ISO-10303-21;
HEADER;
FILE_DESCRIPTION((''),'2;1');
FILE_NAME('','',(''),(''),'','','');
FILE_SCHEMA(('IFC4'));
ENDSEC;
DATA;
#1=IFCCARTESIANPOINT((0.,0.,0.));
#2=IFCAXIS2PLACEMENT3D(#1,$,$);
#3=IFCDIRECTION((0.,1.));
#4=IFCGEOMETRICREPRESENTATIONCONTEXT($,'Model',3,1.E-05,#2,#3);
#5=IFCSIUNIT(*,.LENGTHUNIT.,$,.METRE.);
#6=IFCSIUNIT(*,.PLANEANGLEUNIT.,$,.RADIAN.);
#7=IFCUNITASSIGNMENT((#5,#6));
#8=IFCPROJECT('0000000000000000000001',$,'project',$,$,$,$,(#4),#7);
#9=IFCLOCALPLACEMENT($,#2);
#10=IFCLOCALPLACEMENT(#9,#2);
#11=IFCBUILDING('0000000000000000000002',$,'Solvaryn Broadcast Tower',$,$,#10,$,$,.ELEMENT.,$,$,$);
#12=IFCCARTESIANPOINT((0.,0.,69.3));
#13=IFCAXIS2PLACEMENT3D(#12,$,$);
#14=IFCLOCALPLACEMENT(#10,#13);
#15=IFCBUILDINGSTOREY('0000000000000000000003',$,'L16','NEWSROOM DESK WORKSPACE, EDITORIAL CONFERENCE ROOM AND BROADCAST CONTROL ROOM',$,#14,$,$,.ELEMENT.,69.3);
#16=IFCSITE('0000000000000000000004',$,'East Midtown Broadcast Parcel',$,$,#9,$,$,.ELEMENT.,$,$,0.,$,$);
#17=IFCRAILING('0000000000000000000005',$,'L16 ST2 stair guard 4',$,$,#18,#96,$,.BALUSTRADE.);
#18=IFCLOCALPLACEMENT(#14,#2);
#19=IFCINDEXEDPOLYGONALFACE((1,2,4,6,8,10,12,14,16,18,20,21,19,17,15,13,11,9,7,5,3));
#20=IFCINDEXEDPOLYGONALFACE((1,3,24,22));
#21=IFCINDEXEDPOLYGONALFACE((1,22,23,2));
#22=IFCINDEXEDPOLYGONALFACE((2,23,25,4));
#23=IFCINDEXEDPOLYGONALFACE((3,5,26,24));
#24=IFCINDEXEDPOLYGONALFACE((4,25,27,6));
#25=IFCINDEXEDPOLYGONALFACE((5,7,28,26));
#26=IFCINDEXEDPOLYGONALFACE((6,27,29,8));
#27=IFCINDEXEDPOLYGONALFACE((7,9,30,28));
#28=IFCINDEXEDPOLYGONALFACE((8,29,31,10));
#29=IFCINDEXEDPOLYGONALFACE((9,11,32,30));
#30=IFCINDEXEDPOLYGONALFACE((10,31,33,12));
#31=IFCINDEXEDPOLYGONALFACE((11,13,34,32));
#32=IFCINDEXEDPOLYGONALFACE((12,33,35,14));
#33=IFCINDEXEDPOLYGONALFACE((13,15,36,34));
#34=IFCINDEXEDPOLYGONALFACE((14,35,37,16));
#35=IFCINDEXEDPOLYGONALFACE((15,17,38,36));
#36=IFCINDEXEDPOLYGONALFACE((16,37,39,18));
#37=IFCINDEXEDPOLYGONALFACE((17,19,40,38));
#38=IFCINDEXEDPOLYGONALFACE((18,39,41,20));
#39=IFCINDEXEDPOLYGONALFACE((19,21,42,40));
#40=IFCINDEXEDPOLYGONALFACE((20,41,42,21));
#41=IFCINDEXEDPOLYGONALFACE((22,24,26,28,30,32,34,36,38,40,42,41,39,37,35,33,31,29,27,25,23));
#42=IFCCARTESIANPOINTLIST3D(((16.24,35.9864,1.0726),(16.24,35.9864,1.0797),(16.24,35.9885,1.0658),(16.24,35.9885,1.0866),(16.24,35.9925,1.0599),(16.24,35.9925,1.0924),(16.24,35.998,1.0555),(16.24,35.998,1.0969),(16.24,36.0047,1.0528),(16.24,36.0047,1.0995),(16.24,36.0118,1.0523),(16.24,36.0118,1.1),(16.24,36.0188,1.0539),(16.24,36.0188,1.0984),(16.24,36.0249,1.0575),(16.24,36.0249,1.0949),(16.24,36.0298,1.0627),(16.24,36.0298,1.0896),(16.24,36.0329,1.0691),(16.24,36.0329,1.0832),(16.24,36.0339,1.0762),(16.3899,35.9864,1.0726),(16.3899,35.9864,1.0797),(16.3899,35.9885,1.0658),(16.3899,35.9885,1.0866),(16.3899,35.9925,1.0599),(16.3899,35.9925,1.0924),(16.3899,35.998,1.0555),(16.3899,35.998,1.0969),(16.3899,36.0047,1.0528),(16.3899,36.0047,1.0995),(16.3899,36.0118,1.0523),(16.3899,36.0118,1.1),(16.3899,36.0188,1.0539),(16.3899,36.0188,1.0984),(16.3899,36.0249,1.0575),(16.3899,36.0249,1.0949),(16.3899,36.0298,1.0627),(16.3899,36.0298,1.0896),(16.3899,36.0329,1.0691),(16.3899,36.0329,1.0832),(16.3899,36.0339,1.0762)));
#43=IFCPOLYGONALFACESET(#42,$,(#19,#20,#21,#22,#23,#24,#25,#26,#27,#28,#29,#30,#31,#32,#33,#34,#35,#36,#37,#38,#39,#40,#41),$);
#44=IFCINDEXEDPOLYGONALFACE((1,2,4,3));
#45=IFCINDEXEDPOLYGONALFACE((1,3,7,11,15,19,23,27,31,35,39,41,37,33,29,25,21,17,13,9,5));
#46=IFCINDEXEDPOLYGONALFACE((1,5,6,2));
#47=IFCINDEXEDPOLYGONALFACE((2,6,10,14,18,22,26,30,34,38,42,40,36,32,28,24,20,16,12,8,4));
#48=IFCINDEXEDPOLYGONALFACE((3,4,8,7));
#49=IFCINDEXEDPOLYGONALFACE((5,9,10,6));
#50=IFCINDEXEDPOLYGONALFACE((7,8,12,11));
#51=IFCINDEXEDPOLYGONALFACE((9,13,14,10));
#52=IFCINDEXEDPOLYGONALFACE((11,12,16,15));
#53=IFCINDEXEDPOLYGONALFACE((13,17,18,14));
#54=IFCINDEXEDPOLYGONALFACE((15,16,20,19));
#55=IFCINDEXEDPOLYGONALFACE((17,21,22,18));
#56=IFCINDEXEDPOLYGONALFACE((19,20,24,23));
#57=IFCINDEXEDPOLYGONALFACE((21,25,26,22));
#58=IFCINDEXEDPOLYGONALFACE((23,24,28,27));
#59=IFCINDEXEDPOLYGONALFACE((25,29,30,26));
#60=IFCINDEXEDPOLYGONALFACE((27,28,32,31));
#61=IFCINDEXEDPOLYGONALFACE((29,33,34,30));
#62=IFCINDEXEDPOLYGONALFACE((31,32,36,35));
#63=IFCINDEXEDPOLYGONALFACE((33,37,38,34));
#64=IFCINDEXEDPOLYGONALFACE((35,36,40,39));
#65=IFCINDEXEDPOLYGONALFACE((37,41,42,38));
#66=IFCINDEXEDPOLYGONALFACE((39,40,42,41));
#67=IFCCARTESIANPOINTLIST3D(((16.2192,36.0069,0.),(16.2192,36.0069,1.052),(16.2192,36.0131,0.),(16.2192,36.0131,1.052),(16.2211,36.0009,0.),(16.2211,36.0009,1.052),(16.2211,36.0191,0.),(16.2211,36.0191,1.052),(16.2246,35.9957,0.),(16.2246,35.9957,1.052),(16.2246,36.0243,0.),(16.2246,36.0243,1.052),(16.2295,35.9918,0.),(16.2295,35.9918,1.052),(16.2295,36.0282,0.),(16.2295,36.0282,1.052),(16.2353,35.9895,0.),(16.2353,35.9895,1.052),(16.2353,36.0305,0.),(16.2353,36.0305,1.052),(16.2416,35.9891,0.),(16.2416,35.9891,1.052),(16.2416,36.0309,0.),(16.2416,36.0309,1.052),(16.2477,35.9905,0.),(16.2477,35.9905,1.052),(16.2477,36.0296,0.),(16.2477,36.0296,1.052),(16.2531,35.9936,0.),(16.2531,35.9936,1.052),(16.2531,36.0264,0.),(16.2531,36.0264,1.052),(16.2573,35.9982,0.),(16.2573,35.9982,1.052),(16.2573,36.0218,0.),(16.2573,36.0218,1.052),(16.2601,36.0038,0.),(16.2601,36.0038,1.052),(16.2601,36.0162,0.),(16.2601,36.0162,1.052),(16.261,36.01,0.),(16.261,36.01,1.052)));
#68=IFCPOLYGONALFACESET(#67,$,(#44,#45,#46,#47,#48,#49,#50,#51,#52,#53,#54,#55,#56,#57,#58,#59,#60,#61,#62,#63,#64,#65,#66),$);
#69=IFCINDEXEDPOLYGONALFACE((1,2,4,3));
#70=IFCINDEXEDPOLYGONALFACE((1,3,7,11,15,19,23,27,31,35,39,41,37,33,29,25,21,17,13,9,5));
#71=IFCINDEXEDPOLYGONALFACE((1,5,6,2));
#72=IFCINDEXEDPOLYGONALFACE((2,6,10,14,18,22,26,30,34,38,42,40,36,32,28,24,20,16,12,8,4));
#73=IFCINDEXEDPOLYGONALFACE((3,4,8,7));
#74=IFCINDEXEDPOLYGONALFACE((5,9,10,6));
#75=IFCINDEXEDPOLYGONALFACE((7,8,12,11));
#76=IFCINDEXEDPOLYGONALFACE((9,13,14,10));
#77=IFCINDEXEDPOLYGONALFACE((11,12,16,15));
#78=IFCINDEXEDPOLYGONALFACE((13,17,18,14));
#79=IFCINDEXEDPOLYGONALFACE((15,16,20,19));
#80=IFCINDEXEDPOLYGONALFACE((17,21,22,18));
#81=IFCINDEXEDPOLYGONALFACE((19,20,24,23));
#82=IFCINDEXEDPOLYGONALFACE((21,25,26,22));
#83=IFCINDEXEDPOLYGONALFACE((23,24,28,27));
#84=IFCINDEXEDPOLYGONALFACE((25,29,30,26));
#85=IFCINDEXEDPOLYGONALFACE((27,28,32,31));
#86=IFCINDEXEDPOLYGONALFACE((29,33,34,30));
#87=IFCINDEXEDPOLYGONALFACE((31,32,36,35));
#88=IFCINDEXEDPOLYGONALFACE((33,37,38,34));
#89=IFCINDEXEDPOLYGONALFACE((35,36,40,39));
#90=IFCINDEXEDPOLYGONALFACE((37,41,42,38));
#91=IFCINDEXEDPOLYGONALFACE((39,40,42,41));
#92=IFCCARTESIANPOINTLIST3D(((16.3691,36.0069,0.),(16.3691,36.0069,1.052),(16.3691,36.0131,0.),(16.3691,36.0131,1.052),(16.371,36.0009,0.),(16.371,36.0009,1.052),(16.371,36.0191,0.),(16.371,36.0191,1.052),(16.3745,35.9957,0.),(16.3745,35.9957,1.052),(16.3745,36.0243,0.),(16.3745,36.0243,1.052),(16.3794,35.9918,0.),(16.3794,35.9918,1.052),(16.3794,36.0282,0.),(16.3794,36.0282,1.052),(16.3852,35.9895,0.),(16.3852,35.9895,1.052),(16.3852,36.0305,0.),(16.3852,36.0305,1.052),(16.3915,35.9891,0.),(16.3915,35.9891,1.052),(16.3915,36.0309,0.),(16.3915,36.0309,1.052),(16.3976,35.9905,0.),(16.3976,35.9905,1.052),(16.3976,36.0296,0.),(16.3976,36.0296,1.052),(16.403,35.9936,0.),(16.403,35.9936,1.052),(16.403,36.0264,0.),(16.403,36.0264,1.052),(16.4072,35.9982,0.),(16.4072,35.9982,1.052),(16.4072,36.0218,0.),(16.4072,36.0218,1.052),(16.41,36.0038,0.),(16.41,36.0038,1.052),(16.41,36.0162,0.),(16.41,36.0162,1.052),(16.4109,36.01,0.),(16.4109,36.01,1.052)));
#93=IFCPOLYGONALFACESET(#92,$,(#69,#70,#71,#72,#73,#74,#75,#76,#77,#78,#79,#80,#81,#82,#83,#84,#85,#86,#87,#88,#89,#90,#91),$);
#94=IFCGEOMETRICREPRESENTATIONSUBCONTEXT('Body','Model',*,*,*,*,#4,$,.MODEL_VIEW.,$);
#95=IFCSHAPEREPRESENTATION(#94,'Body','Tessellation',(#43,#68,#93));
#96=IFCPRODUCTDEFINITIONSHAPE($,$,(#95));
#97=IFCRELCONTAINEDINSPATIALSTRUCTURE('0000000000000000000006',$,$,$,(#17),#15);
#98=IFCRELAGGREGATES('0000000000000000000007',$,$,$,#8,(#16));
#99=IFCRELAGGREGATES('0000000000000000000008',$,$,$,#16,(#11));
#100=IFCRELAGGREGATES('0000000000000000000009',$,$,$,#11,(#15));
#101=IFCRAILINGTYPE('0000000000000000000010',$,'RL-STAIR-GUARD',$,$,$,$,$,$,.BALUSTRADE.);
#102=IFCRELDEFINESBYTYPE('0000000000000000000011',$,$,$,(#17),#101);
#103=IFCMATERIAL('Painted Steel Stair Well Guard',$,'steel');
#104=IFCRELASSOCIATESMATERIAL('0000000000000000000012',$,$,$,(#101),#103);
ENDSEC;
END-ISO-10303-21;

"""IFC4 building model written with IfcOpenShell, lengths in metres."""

from ifc_helpers import new_model, si_unit, direction, frame, origin, origin_2d, place, context, subcontext, project, spatial, circle, extrude, material, type_object, element, save


model = new_model("IFC4")

# Units and contexts
model_context = context("Model", 3, precision=1e-05, world=origin(), true_north=direction((0.0, 1.0)))
body_context = subcontext(model_context, "Body", "Model", "MODEL_VIEW")
ifc_project = project(units=[si_unit("LENGTHUNIT", "METRE"), si_unit("PLANEANGLEUNIT", "RADIAN")], contexts=[model_context])

# Site, building, storey
site_placement = place(None, origin())
site = spatial("IfcSite", under=ifc_project, at=site_placement, Name="East Midtown Broadcast Parcel", CompositionType="ELEMENT", RefElevation=0.0)
building_placement = place(site_placement, origin())
building = spatial("IfcBuilding", under=site, at=building_placement, Name="Solvaryn Broadcast Tower", CompositionType="ELEMENT")
storey_placement = place(building_placement, frame((0.0, 0.0, 69.3)))
storey = spatial("IfcBuildingStorey", under=building, at=storey_placement, Name="L16", Description="NEWSROOM DESK WORKSPACE, EDITORIAL CONFERENCE ROOM AND BROADCAST CONTROL ROOM", CompositionType="ELEMENT", Elevation=69.3)

# Railing
ifc_material_1 = material(Name="Painted Steel Stair Well Guard", Category="steel")
railing_type_1 = type_object("IfcRailingType", Name="RL-STAIR-GUARD", PredefinedType="BALUSTRADE", material=ifc_material_1)
railing_1_placement = place(storey_placement, frame((16.24, 36.01, 0.0)))
element("IfcRailing", 1, at=railing_1_placement, inside=storey, type_object=railing_type_1, Name="L16 ST2 stair guard 4", PredefinedType="BALUSTRADE", context=body_context, shape_type="SweptSolid", body=[
    extrude(circle(Radius=0.0239, at=origin_2d()), frame((0.0, 0.0, 1.0762), z_axis=(1.0, 0.0, 0.0), x_axis=(0.0, 1.0, 0.0)), (0.0, 0.0, 1.0), 0.1499),
    extrude(circle(Radius=0.021, at=origin_2d()), origin(), (0.0, 0.0, 1.0), 1.052),
    extrude(circle(Radius=0.021, at=origin_2d()), frame((0.1499, 0.0, 0.0)), (0.0, 0.0, 1.0), 1.052),
])

save(model, "model.ifc")
